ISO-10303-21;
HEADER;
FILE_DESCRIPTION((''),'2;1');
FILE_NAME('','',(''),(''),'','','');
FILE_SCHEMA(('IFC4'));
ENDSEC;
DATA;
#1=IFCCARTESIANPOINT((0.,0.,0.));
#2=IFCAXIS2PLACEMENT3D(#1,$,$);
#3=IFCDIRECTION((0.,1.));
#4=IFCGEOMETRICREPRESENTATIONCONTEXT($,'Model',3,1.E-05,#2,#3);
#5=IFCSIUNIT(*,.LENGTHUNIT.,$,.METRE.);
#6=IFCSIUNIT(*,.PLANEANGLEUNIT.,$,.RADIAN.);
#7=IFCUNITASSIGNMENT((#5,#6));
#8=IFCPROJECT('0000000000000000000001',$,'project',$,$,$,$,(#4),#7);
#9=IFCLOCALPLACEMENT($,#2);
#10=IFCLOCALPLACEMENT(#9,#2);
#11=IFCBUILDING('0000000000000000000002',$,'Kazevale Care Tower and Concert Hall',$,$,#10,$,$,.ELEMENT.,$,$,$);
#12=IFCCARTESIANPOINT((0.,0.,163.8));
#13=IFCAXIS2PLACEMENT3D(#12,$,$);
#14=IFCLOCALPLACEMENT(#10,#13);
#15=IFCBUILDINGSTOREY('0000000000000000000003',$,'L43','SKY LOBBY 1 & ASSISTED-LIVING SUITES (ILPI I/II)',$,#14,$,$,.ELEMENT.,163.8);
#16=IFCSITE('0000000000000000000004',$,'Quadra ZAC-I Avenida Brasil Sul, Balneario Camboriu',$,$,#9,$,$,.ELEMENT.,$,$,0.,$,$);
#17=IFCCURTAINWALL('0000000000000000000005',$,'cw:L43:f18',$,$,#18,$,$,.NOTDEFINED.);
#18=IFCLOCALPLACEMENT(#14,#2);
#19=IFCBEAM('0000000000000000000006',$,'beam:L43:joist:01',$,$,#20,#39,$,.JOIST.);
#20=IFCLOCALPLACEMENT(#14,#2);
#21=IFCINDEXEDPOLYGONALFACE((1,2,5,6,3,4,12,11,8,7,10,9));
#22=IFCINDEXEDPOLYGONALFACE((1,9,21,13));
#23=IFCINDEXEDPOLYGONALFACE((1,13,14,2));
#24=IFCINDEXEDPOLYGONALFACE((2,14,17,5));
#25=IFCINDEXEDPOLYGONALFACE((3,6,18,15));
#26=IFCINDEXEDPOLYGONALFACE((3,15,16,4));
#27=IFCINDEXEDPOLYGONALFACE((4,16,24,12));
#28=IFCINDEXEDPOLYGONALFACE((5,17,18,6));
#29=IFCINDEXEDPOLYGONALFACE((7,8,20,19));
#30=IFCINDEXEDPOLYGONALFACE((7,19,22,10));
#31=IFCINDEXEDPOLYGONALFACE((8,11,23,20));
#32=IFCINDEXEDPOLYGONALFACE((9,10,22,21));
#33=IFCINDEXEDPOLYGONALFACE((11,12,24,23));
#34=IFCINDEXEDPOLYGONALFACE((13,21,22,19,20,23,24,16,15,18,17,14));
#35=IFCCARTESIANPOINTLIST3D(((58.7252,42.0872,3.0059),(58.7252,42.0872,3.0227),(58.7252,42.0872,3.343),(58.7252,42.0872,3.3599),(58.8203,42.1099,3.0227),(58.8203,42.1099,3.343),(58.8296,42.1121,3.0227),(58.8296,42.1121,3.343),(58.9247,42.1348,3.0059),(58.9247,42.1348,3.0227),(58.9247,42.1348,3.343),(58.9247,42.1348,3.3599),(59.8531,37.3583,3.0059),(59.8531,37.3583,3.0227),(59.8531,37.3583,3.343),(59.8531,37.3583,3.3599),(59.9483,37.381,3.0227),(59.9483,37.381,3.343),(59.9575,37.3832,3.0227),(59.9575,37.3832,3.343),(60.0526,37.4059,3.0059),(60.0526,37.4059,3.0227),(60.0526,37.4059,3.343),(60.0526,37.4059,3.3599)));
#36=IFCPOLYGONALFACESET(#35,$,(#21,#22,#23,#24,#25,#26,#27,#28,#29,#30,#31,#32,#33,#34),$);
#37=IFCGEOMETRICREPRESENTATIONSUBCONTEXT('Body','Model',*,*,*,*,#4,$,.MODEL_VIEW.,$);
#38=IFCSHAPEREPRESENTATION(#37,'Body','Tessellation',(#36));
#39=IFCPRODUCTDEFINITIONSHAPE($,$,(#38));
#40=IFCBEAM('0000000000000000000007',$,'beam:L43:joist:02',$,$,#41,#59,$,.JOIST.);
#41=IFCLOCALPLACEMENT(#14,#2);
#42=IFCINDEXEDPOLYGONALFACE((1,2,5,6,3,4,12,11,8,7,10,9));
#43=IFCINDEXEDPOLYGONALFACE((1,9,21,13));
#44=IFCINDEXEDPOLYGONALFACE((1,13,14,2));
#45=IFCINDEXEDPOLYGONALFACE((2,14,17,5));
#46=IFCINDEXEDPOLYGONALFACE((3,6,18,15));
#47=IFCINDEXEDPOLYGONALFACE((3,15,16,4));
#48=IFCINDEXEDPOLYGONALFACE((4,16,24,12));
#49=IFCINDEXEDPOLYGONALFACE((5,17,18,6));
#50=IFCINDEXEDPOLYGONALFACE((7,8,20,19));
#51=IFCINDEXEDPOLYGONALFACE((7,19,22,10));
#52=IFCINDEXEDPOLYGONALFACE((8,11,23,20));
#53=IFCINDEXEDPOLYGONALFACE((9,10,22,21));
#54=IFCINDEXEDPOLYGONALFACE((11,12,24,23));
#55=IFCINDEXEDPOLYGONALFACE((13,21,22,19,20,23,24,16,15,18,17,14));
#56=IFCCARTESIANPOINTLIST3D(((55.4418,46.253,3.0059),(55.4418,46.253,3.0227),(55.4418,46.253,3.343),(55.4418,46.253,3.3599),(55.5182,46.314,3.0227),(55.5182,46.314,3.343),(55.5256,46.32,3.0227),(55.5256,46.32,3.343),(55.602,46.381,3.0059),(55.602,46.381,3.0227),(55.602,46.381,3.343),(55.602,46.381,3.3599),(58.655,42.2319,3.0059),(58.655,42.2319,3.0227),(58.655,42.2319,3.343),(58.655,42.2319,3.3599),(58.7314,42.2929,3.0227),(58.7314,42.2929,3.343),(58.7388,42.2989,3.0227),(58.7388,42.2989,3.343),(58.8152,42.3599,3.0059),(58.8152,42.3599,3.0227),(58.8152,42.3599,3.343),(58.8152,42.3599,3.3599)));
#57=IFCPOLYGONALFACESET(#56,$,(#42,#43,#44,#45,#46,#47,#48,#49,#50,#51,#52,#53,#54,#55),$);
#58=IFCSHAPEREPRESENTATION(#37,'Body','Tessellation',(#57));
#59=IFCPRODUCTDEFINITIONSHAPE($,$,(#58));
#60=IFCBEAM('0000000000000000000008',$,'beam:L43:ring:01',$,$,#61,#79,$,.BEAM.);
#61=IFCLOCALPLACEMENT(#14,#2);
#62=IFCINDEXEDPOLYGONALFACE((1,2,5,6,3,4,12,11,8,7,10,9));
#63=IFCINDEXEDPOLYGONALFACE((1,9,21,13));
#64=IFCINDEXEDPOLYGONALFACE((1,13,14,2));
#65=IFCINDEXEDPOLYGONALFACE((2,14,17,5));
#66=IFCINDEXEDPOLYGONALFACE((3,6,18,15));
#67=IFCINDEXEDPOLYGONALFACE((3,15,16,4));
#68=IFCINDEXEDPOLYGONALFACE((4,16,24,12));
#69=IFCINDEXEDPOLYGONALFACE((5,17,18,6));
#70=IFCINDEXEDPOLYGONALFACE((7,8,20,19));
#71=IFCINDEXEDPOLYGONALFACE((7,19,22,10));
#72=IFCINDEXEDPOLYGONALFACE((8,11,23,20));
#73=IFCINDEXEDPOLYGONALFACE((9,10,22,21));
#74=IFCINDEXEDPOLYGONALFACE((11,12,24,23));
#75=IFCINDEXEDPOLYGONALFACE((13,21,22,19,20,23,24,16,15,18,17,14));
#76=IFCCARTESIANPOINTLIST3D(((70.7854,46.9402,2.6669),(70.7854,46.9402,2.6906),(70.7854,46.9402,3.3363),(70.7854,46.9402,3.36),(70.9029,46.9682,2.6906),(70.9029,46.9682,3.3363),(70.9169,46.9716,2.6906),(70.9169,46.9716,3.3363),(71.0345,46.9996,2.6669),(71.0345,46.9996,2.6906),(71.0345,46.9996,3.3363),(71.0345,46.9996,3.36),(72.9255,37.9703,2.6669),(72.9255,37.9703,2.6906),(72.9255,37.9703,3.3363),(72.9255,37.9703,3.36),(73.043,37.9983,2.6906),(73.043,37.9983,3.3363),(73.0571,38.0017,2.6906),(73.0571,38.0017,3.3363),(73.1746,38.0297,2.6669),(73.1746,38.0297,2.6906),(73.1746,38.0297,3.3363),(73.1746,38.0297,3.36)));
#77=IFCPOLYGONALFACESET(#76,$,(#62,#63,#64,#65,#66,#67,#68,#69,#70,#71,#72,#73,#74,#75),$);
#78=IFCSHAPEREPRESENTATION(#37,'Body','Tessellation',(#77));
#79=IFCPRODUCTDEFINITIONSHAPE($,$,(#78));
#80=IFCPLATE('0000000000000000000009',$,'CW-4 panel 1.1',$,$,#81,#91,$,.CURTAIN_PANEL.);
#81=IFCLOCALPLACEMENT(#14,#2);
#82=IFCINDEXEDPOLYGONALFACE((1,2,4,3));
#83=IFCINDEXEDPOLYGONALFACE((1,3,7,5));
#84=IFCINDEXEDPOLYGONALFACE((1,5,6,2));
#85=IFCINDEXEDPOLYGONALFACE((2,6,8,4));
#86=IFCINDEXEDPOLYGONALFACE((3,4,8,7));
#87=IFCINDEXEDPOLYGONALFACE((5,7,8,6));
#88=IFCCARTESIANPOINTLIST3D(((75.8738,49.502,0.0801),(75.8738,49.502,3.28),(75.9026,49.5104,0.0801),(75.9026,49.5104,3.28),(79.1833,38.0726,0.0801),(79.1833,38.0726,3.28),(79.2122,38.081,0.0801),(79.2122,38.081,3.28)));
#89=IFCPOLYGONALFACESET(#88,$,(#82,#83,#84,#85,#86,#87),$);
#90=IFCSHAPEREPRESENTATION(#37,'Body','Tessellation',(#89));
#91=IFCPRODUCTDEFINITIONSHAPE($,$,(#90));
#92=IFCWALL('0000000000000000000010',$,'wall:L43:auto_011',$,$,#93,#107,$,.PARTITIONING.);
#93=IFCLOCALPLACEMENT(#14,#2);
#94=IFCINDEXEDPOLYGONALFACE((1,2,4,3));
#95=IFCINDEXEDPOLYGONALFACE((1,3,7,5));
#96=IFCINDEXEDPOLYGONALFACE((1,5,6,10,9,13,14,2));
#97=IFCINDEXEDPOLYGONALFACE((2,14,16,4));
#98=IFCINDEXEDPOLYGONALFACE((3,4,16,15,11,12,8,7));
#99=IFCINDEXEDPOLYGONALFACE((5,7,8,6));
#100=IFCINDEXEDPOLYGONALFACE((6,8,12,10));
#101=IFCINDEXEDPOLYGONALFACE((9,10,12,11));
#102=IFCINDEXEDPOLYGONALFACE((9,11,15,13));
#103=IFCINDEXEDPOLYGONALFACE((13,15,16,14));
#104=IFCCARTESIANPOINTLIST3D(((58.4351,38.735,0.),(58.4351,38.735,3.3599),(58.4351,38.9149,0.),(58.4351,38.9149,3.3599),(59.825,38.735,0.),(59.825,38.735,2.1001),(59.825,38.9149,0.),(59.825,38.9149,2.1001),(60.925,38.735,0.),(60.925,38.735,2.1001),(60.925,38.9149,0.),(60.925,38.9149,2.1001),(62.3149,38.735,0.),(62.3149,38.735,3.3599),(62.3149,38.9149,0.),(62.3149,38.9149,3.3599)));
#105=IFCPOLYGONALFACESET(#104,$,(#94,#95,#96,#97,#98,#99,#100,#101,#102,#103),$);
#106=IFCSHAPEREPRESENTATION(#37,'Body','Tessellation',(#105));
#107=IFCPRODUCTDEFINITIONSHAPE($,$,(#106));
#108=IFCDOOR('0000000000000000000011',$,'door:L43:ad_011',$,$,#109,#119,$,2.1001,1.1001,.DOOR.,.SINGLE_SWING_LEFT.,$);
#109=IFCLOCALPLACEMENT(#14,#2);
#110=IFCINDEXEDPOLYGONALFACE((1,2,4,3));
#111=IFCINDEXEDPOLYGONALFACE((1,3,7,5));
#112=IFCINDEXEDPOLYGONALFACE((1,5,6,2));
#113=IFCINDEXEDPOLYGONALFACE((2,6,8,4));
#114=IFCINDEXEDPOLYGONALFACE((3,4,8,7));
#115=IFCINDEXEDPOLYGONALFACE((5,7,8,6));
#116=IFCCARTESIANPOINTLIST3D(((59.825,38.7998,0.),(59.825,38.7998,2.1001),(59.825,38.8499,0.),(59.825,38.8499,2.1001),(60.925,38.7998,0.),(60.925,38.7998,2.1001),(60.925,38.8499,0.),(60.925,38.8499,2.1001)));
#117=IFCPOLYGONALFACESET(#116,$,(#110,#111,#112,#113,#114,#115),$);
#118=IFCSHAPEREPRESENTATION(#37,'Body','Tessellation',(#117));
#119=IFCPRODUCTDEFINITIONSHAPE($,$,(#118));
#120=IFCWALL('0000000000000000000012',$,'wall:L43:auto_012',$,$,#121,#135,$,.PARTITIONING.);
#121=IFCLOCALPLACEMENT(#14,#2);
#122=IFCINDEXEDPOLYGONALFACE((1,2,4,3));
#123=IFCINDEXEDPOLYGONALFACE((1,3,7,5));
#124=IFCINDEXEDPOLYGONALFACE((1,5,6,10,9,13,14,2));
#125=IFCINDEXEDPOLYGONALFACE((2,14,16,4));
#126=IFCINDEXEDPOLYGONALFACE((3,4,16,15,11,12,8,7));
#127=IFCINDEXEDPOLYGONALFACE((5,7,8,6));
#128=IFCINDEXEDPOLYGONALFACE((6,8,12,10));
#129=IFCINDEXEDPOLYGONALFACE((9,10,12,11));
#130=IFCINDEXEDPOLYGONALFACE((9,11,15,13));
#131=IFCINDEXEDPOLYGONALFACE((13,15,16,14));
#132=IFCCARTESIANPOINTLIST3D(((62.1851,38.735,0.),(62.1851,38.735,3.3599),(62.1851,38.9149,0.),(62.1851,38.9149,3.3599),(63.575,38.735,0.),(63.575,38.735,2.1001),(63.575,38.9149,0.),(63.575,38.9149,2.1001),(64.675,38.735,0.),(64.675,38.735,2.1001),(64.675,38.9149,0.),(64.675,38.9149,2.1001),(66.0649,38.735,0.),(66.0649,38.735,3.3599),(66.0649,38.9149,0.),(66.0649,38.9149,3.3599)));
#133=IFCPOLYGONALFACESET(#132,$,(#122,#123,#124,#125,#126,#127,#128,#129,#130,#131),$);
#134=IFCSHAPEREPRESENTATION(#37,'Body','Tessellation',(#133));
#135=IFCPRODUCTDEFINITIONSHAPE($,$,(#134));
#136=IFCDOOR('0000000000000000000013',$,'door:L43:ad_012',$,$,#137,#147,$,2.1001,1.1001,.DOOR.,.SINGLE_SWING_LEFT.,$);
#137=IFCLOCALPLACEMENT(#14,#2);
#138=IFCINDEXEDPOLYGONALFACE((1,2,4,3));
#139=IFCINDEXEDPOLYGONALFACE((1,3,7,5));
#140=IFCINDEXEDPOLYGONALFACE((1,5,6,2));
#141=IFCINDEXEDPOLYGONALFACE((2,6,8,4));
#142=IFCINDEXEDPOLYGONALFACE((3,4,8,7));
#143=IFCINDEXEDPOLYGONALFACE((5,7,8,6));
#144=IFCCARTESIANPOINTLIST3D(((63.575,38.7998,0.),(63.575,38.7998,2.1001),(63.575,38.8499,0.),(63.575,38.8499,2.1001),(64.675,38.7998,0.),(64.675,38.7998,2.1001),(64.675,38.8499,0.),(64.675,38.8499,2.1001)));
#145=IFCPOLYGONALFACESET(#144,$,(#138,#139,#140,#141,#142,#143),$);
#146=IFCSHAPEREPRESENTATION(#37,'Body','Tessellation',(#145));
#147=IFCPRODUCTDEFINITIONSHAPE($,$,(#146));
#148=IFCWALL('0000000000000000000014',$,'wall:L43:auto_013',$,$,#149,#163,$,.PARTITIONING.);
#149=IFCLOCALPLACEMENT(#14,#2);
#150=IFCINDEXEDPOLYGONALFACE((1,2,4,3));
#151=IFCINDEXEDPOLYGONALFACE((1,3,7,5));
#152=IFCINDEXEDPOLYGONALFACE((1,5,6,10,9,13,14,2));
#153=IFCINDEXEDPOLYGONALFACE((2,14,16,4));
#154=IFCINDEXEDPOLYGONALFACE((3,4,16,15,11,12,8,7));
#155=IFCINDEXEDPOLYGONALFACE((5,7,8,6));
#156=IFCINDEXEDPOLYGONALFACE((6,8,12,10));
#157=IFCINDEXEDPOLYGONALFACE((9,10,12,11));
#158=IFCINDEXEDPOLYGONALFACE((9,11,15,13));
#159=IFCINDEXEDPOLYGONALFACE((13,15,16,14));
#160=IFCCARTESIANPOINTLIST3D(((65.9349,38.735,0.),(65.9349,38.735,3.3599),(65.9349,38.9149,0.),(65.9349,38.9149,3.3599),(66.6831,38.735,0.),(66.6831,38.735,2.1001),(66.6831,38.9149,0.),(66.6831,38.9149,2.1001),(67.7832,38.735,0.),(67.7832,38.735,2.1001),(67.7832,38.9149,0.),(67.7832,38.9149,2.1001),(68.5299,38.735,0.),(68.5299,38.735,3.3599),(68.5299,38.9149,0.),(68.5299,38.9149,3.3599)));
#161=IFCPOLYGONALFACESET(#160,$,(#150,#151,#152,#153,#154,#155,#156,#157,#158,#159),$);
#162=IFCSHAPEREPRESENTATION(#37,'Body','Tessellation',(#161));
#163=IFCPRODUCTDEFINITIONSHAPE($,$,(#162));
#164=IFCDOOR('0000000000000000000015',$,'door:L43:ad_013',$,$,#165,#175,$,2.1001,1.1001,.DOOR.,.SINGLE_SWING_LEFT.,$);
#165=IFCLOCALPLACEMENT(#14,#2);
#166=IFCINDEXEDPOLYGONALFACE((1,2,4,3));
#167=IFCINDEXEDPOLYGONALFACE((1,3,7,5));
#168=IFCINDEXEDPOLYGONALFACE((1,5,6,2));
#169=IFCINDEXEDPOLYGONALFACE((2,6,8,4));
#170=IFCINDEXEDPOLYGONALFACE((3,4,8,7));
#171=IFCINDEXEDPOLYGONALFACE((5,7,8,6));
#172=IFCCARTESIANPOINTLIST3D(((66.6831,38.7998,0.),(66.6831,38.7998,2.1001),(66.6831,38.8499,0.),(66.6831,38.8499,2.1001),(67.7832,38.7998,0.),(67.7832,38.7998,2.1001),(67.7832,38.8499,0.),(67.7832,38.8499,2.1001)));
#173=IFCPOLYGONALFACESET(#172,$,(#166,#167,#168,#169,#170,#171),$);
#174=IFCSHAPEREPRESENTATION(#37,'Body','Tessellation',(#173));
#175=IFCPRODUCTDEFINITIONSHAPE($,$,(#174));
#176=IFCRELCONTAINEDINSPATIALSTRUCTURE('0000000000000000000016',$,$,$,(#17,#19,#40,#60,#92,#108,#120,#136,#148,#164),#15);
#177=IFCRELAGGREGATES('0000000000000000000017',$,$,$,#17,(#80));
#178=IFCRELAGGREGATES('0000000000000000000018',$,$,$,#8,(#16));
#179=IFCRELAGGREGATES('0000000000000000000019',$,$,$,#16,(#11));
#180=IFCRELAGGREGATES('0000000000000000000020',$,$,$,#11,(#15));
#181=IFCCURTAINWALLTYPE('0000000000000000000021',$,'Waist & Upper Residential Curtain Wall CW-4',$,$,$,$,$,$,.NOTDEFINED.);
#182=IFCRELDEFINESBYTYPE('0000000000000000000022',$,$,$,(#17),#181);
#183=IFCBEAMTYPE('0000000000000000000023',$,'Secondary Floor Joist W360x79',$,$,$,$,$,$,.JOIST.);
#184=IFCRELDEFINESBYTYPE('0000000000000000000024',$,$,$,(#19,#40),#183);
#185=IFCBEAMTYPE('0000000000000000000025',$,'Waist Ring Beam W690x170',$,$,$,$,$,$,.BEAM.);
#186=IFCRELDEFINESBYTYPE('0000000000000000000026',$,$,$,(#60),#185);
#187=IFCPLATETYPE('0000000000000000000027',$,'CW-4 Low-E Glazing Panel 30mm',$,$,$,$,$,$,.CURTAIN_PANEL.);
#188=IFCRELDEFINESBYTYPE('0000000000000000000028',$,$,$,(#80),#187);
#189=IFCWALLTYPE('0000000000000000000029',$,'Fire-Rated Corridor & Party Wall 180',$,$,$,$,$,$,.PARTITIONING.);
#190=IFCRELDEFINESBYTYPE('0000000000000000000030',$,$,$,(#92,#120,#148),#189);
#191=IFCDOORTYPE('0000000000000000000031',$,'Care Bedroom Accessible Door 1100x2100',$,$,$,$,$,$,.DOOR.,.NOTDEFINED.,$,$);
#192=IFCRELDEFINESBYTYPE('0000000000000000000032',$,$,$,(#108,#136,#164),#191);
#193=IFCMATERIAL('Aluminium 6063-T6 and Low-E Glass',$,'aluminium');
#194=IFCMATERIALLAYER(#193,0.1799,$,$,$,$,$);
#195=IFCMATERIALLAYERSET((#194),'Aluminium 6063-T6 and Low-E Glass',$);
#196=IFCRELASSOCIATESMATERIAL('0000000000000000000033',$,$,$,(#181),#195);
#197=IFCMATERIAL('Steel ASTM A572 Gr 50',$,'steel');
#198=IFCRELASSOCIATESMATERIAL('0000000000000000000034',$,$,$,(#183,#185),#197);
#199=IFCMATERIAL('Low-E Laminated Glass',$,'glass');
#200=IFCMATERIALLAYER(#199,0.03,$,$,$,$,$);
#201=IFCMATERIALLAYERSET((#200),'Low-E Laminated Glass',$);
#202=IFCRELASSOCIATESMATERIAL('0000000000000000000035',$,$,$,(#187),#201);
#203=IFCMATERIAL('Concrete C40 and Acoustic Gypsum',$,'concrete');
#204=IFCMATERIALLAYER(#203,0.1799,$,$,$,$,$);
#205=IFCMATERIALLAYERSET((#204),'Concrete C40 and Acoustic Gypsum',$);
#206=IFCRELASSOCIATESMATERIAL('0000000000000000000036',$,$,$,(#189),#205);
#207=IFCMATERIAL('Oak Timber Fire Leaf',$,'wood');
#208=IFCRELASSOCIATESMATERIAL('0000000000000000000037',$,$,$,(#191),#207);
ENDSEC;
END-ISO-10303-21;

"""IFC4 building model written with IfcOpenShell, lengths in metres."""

from ifc_helpers import new_model, si_unit, direction, frame, frame_2d, origin, origin_2d, place, context, subcontext, project, spatial, rectangle, i_section, extrude, material, layer, layer_set, material_profile, profile_set, type_object, element, fill, aggregate, save


model = new_model("IFC4")

# Units and contexts
model_context = context("Model", 3, precision=1e-05, world=origin(), true_north=direction((0.0, 1.0)))
body_context = subcontext(model_context, "Body", "Model", "MODEL_VIEW")
ifc_project = project(units=[si_unit("LENGTHUNIT", "METRE"), si_unit("PLANEANGLEUNIT", "RADIAN")], contexts=[model_context])

# Site, building, storey
site_placement = place(None, origin())
site = spatial("IfcSite", under=ifc_project, at=site_placement, Name="Quadra ZAC-I Avenida Brasil Sul, Balneario Camboriu", CompositionType="ELEMENT", RefElevation=0.0)
building_placement = place(site_placement, origin())
building = spatial("IfcBuilding", under=site, at=building_placement, Name="Kazevale Care Tower and Concert Hall", CompositionType="ELEMENT")
storey_placement = place(building_placement, frame((0.0, 0.0, 163.8)))
storey = spatial("IfcBuildingStorey", under=building, at=storey_placement, Name="L43", Description="SKY LOBBY 1 & ASSISTED-LIVING SUITES (ILPI I/II)", CompositionType="ELEMENT", Elevation=163.8)

# Curtain wall
ifc_material_1 = material(Name="Aluminium 6063-T6 and Low-E Glass", Category="aluminium")
ifc_layer_1 = layer(ifc_material_1, 0.1799)
ifc_layer_set_1 = layer_set([ifc_layer_1], Name="Aluminium 6063-T6 and Low-E Glass")
curtain_wall_type = type_object("IfcCurtainWallType", Name="Waist & Upper Residential Curtain Wall CW-4", PredefinedType="NOTDEFINED", material=ifc_layer_set_1)
curtain_wall_1_placement = place(storey_placement, origin())
curtain_wall_1 = element("IfcCurtainWall", 1, at=curtain_wall_1_placement, inside=storey, type_object=curtain_wall_type, Name="cw:L43:f18", PredefinedType="NOTDEFINED")

# Beams
ifc_material_2 = material(Name="Steel ASTM A572 Gr 50", Category="steel")
ifc_material_profile_1 = material_profile(ifc_material_2, i_section(OverallWidth=0.2051, OverallDepth=0.354, WebThickness=0.0095, FlangeThickness=0.0168, at=origin_2d()), Name="W360x79")
ifc_profile_set_1 = profile_set([ifc_material_profile_1], Name="Steel ASTM A572 Gr 50")
beam_type_1 = type_object("IfcBeamType", Name="Secondary Floor Joist W360x79", PredefinedType="JOIST", material=ifc_profile_set_1)
beam_1_placement = place(storey_placement, frame((59.9529, 37.3821, 3.1829), z_axis=(-0.232005, 0.972715, 0.0), x_axis=(-0.972715, -0.232005, 0.0)))
element("IfcBeam", 2, at=beam_1_placement, inside=storey, type_object=beam_type_1, Name="beam:L43:joist:01", PredefinedType="JOIST", context=body_context, shape_type="SweptSolid", body=[
    extrude(i_section(OverallWidth=0.2051, OverallDepth=0.354, WebThickness=0.0095, FlangeThickness=0.0168, at=origin_2d()), origin(), (0.0, 0.0, 1.0), 4.8616),
])
beam_2_placement = place(storey_placement, frame((58.7351, 42.2959, 3.1829), z_axis=(-0.624261, 0.781216, 0.0), x_axis=(-0.781216, -0.624261, 0.0)))
element("IfcBeam", 3, at=beam_2_placement, inside=storey, type_object=beam_type_1, Name="beam:L43:joist:02", PredefinedType="JOIST", context=body_context, shape_type="SweptSolid", body=[
    extrude(i_section(OverallWidth=0.2051, OverallDepth=0.354, WebThickness=0.0095, FlangeThickness=0.0168, at=origin_2d()), origin(), (0.0, 0.0, 1.0), 5.1472),
])
ifc_material_profile_2 = material_profile(ifc_material_2, i_section(OverallWidth=0.2561, OverallDepth=0.6931, WebThickness=0.0144, FlangeThickness=0.0237, at=origin_2d()), Name="W690x170")
ifc_profile_set_2 = profile_set([ifc_material_profile_2], Name="Steel ASTM A572 Gr 50")
beam_type_2 = type_object("IfcBeamType", Name="Waist Ring Beam W690x170", PredefinedType="BEAM", material=ifc_profile_set_2)
beam_3_placement = place(storey_placement, frame((73.05, 38.0, 3.0134), z_axis=(-0.232075, 0.972698, 0.0), x_axis=(-0.972698, -0.232075, 0.0)))
element("IfcBeam", 4, at=beam_3_placement, inside=storey, type_object=beam_type_2, Name="beam:L43:ring:01", PredefinedType="BEAM", context=body_context, shape_type="SweptSolid", body=[
    extrude(i_section(OverallWidth=0.2561, OverallDepth=0.6931, WebThickness=0.0144, FlangeThickness=0.0237, at=origin_2d()), origin(), (0.0, 0.0, 1.0), 9.2217),
])

# Plate
ifc_material_3 = material(Name="Low-E Laminated Glass", Category="glass")
ifc_layer_2 = layer(ifc_material_3, 0.03)
ifc_layer_set_2 = layer_set([ifc_layer_2], Name="Low-E Laminated Glass")
plate_type = type_object("IfcPlateType", Name="CW-4 Low-E Glazing Panel 30mm", PredefinedType="CURTAIN_PANEL", material=ifc_layer_set_2)
plate_placement = place(storey_placement, frame((77.543, 43.7915, 0.0801), z_axis=(0.0, 0.0, 1.0), x_axis=(0.278137, -0.960542, 0.0)))
plate = element("IfcPlate", 5, at=plate_placement, type_object=plate_type, Name="CW-4 panel 1.1", PredefinedType="CURTAIN_PANEL", context=body_context, shape_type="SweptSolid", body=[
    extrude(rectangle(XDim=11.8989, YDim=0.03, at=origin_2d()), origin(), (0.0, 0.0, 1.0), 3.2),
])
aggregate(curtain_wall_1, [plate])

# Walls, openings, doors
ifc_material_4 = material(Name="Concrete C40 and Acoustic Gypsum", Category="concrete")
ifc_layer_3 = layer(ifc_material_4, 0.1799)
ifc_layer_set_3 = layer_set([ifc_layer_3], Name="Concrete C40 and Acoustic Gypsum")
wall_type = type_object("IfcWallType", Name="Fire-Rated Corridor & Party Wall 180", PredefinedType="PARTITIONING", material=ifc_layer_set_3)
wall_1_placement = place(storey_placement, frame((58.4351, 38.825, 0.0), z_axis=(0.0, 0.0, 1.0), x_axis=(1.0, 0.0, 0.0)))
wall_1 = element("IfcWall", 6, at=wall_1_placement, inside=storey, type_object=wall_type, Name="wall:L43:auto_011", PredefinedType="PARTITIONING", context=body_context, shape_type="SweptSolid", body=[
    extrude(rectangle(XDim=3.8799, YDim=0.1799, at=frame_2d((1.9399, 0.0))), origin(), (0.0, 0.0, 1.0), 3.3599),
])
opening_1_placement = place(wall_1_placement, frame((1.3899, 0.0, 0.0)))
opening_1 = element("IfcOpeningElement", 7, at=opening_1_placement, cuts=wall_1, PredefinedType="OPENING", context=body_context, shape_type="SweptSolid", body=[
    extrude(rectangle(XDim=1.1001, YDim=2.1001, at=frame_2d((0.55, 1.05))), frame((0.0, 0.0999, 0.0), z_axis=(0.0, -1.0, 0.0), x_axis=(1.0, 0.0, 0.0)), (0.0, 0.0, 1.0), 0.2),
])
ifc_material_5 = material(Name="Oak Timber Fire Leaf", Category="wood")
door_type = type_object("IfcDoorType", Name="Care Bedroom Accessible Door 1100x2100", OperationType="NOTDEFINED", PredefinedType="DOOR", material=ifc_material_5)
door_1_placement = place(opening_1_placement, origin())
door_1 = element("IfcDoor", 8, at=door_1_placement, inside=storey, type_object=door_type, Name="door:L43:ad_011", OperationType="SINGLE_SWING_LEFT", OverallHeight=2.1001, OverallWidth=1.1001, PredefinedType="DOOR", context=body_context, shape_type="SweptSolid", body=[
    extrude(rectangle(XDim=1.1001, YDim=2.1001, at=frame_2d((0.55, 1.05))), frame((0.0, 0.0249, 0.0), z_axis=(0.0, -1.0, 0.0), x_axis=(1.0, 0.0, 0.0)), (0.0, 0.0, 1.0), 0.05),
])
fill(opening_1, door_1)
wall_2_placement = place(storey_placement, frame((62.1851, 38.825, 0.0), z_axis=(0.0, 0.0, 1.0), x_axis=(1.0, 0.0, 0.0)))
wall_2 = element("IfcWall", 9, at=wall_2_placement, inside=storey, type_object=wall_type, Name="wall:L43:auto_012", PredefinedType="PARTITIONING", context=body_context, shape_type="SweptSolid", body=[
    extrude(rectangle(XDim=3.8799, YDim=0.1799, at=frame_2d((1.9399, 0.0))), origin(), (0.0, 0.0, 1.0), 3.3599),
])
opening_2_placement = place(wall_2_placement, frame((1.3899, 0.0, 0.0)))
opening_2 = element("IfcOpeningElement", 10, at=opening_2_placement, cuts=wall_2, PredefinedType="OPENING", context=body_context, shape_type="SweptSolid", body=[
    extrude(rectangle(XDim=1.1001, YDim=2.1001, at=frame_2d((0.55, 1.05))), frame((0.0, 0.0999, 0.0), z_axis=(0.0, -1.0, 0.0), x_axis=(1.0, 0.0, 0.0)), (0.0, 0.0, 1.0), 0.2),
])
door_2_placement = place(opening_2_placement, origin())
door_2 = element("IfcDoor", 11, at=door_2_placement, inside=storey, type_object=door_type, Name="door:L43:ad_012", OperationType="SINGLE_SWING_LEFT", OverallHeight=2.1001, OverallWidth=1.1001, PredefinedType="DOOR", context=body_context, shape_type="SweptSolid", body=[
    extrude(rectangle(XDim=1.1001, YDim=2.1001, at=frame_2d((0.55, 1.05))), frame((0.0, 0.0249, 0.0), z_axis=(0.0, -1.0, 0.0), x_axis=(1.0, 0.0, 0.0)), (0.0, 0.0, 1.0), 0.05),
])
fill(opening_2, door_2)
wall_3_placement = place(storey_placement, frame((65.9351, 38.825, 0.0), z_axis=(0.0, 0.0, 1.0), x_axis=(1.0, 0.0, 0.0)))
wall_3 = element("IfcWall", 12, at=wall_3_placement, inside=storey, type_object=wall_type, Name="wall:L43:auto_013", PredefinedType="PARTITIONING", context=body_context, shape_type="SweptSolid", body=[
    extrude(rectangle(XDim=2.595, YDim=0.1799, at=frame_2d((1.2974, 0.0))), origin(), (0.0, 0.0, 1.0), 3.3599),
])
opening_3_placement = place(wall_3_placement, frame((0.748, 0.0, 0.0)))
opening_3 = element("IfcOpeningElement", 13, at=opening_3_placement, cuts=wall_3, PredefinedType="OPENING", context=body_context, shape_type="SweptSolid", body=[
    extrude(rectangle(XDim=1.1001, YDim=2.1001, at=frame_2d((0.55, 1.05))), frame((0.0, 0.0999, 0.0), z_axis=(0.0, -1.0, 0.0), x_axis=(1.0, 0.0, 0.0)), (0.0, 0.0, 1.0), 0.2),
])
door_3_placement = place(opening_3_placement, origin())
door_3 = element("IfcDoor", 14, at=door_3_placement, inside=storey, type_object=door_type, Name="door:L43:ad_013", OperationType="SINGLE_SWING_LEFT", OverallHeight=2.1001, OverallWidth=1.1001, PredefinedType="DOOR", context=body_context, shape_type="SweptSolid", body=[
    extrude(rectangle(XDim=1.1001, YDim=2.1001, at=frame_2d((0.55, 1.05))), frame((0.0, 0.0249, 0.0), z_axis=(0.0, -1.0, 0.0), x_axis=(1.0, 0.0, 0.0)), (0.0, 0.0, 1.0), 0.05),
])
fill(opening_3, door_3)

save(model, "model.ifc")
